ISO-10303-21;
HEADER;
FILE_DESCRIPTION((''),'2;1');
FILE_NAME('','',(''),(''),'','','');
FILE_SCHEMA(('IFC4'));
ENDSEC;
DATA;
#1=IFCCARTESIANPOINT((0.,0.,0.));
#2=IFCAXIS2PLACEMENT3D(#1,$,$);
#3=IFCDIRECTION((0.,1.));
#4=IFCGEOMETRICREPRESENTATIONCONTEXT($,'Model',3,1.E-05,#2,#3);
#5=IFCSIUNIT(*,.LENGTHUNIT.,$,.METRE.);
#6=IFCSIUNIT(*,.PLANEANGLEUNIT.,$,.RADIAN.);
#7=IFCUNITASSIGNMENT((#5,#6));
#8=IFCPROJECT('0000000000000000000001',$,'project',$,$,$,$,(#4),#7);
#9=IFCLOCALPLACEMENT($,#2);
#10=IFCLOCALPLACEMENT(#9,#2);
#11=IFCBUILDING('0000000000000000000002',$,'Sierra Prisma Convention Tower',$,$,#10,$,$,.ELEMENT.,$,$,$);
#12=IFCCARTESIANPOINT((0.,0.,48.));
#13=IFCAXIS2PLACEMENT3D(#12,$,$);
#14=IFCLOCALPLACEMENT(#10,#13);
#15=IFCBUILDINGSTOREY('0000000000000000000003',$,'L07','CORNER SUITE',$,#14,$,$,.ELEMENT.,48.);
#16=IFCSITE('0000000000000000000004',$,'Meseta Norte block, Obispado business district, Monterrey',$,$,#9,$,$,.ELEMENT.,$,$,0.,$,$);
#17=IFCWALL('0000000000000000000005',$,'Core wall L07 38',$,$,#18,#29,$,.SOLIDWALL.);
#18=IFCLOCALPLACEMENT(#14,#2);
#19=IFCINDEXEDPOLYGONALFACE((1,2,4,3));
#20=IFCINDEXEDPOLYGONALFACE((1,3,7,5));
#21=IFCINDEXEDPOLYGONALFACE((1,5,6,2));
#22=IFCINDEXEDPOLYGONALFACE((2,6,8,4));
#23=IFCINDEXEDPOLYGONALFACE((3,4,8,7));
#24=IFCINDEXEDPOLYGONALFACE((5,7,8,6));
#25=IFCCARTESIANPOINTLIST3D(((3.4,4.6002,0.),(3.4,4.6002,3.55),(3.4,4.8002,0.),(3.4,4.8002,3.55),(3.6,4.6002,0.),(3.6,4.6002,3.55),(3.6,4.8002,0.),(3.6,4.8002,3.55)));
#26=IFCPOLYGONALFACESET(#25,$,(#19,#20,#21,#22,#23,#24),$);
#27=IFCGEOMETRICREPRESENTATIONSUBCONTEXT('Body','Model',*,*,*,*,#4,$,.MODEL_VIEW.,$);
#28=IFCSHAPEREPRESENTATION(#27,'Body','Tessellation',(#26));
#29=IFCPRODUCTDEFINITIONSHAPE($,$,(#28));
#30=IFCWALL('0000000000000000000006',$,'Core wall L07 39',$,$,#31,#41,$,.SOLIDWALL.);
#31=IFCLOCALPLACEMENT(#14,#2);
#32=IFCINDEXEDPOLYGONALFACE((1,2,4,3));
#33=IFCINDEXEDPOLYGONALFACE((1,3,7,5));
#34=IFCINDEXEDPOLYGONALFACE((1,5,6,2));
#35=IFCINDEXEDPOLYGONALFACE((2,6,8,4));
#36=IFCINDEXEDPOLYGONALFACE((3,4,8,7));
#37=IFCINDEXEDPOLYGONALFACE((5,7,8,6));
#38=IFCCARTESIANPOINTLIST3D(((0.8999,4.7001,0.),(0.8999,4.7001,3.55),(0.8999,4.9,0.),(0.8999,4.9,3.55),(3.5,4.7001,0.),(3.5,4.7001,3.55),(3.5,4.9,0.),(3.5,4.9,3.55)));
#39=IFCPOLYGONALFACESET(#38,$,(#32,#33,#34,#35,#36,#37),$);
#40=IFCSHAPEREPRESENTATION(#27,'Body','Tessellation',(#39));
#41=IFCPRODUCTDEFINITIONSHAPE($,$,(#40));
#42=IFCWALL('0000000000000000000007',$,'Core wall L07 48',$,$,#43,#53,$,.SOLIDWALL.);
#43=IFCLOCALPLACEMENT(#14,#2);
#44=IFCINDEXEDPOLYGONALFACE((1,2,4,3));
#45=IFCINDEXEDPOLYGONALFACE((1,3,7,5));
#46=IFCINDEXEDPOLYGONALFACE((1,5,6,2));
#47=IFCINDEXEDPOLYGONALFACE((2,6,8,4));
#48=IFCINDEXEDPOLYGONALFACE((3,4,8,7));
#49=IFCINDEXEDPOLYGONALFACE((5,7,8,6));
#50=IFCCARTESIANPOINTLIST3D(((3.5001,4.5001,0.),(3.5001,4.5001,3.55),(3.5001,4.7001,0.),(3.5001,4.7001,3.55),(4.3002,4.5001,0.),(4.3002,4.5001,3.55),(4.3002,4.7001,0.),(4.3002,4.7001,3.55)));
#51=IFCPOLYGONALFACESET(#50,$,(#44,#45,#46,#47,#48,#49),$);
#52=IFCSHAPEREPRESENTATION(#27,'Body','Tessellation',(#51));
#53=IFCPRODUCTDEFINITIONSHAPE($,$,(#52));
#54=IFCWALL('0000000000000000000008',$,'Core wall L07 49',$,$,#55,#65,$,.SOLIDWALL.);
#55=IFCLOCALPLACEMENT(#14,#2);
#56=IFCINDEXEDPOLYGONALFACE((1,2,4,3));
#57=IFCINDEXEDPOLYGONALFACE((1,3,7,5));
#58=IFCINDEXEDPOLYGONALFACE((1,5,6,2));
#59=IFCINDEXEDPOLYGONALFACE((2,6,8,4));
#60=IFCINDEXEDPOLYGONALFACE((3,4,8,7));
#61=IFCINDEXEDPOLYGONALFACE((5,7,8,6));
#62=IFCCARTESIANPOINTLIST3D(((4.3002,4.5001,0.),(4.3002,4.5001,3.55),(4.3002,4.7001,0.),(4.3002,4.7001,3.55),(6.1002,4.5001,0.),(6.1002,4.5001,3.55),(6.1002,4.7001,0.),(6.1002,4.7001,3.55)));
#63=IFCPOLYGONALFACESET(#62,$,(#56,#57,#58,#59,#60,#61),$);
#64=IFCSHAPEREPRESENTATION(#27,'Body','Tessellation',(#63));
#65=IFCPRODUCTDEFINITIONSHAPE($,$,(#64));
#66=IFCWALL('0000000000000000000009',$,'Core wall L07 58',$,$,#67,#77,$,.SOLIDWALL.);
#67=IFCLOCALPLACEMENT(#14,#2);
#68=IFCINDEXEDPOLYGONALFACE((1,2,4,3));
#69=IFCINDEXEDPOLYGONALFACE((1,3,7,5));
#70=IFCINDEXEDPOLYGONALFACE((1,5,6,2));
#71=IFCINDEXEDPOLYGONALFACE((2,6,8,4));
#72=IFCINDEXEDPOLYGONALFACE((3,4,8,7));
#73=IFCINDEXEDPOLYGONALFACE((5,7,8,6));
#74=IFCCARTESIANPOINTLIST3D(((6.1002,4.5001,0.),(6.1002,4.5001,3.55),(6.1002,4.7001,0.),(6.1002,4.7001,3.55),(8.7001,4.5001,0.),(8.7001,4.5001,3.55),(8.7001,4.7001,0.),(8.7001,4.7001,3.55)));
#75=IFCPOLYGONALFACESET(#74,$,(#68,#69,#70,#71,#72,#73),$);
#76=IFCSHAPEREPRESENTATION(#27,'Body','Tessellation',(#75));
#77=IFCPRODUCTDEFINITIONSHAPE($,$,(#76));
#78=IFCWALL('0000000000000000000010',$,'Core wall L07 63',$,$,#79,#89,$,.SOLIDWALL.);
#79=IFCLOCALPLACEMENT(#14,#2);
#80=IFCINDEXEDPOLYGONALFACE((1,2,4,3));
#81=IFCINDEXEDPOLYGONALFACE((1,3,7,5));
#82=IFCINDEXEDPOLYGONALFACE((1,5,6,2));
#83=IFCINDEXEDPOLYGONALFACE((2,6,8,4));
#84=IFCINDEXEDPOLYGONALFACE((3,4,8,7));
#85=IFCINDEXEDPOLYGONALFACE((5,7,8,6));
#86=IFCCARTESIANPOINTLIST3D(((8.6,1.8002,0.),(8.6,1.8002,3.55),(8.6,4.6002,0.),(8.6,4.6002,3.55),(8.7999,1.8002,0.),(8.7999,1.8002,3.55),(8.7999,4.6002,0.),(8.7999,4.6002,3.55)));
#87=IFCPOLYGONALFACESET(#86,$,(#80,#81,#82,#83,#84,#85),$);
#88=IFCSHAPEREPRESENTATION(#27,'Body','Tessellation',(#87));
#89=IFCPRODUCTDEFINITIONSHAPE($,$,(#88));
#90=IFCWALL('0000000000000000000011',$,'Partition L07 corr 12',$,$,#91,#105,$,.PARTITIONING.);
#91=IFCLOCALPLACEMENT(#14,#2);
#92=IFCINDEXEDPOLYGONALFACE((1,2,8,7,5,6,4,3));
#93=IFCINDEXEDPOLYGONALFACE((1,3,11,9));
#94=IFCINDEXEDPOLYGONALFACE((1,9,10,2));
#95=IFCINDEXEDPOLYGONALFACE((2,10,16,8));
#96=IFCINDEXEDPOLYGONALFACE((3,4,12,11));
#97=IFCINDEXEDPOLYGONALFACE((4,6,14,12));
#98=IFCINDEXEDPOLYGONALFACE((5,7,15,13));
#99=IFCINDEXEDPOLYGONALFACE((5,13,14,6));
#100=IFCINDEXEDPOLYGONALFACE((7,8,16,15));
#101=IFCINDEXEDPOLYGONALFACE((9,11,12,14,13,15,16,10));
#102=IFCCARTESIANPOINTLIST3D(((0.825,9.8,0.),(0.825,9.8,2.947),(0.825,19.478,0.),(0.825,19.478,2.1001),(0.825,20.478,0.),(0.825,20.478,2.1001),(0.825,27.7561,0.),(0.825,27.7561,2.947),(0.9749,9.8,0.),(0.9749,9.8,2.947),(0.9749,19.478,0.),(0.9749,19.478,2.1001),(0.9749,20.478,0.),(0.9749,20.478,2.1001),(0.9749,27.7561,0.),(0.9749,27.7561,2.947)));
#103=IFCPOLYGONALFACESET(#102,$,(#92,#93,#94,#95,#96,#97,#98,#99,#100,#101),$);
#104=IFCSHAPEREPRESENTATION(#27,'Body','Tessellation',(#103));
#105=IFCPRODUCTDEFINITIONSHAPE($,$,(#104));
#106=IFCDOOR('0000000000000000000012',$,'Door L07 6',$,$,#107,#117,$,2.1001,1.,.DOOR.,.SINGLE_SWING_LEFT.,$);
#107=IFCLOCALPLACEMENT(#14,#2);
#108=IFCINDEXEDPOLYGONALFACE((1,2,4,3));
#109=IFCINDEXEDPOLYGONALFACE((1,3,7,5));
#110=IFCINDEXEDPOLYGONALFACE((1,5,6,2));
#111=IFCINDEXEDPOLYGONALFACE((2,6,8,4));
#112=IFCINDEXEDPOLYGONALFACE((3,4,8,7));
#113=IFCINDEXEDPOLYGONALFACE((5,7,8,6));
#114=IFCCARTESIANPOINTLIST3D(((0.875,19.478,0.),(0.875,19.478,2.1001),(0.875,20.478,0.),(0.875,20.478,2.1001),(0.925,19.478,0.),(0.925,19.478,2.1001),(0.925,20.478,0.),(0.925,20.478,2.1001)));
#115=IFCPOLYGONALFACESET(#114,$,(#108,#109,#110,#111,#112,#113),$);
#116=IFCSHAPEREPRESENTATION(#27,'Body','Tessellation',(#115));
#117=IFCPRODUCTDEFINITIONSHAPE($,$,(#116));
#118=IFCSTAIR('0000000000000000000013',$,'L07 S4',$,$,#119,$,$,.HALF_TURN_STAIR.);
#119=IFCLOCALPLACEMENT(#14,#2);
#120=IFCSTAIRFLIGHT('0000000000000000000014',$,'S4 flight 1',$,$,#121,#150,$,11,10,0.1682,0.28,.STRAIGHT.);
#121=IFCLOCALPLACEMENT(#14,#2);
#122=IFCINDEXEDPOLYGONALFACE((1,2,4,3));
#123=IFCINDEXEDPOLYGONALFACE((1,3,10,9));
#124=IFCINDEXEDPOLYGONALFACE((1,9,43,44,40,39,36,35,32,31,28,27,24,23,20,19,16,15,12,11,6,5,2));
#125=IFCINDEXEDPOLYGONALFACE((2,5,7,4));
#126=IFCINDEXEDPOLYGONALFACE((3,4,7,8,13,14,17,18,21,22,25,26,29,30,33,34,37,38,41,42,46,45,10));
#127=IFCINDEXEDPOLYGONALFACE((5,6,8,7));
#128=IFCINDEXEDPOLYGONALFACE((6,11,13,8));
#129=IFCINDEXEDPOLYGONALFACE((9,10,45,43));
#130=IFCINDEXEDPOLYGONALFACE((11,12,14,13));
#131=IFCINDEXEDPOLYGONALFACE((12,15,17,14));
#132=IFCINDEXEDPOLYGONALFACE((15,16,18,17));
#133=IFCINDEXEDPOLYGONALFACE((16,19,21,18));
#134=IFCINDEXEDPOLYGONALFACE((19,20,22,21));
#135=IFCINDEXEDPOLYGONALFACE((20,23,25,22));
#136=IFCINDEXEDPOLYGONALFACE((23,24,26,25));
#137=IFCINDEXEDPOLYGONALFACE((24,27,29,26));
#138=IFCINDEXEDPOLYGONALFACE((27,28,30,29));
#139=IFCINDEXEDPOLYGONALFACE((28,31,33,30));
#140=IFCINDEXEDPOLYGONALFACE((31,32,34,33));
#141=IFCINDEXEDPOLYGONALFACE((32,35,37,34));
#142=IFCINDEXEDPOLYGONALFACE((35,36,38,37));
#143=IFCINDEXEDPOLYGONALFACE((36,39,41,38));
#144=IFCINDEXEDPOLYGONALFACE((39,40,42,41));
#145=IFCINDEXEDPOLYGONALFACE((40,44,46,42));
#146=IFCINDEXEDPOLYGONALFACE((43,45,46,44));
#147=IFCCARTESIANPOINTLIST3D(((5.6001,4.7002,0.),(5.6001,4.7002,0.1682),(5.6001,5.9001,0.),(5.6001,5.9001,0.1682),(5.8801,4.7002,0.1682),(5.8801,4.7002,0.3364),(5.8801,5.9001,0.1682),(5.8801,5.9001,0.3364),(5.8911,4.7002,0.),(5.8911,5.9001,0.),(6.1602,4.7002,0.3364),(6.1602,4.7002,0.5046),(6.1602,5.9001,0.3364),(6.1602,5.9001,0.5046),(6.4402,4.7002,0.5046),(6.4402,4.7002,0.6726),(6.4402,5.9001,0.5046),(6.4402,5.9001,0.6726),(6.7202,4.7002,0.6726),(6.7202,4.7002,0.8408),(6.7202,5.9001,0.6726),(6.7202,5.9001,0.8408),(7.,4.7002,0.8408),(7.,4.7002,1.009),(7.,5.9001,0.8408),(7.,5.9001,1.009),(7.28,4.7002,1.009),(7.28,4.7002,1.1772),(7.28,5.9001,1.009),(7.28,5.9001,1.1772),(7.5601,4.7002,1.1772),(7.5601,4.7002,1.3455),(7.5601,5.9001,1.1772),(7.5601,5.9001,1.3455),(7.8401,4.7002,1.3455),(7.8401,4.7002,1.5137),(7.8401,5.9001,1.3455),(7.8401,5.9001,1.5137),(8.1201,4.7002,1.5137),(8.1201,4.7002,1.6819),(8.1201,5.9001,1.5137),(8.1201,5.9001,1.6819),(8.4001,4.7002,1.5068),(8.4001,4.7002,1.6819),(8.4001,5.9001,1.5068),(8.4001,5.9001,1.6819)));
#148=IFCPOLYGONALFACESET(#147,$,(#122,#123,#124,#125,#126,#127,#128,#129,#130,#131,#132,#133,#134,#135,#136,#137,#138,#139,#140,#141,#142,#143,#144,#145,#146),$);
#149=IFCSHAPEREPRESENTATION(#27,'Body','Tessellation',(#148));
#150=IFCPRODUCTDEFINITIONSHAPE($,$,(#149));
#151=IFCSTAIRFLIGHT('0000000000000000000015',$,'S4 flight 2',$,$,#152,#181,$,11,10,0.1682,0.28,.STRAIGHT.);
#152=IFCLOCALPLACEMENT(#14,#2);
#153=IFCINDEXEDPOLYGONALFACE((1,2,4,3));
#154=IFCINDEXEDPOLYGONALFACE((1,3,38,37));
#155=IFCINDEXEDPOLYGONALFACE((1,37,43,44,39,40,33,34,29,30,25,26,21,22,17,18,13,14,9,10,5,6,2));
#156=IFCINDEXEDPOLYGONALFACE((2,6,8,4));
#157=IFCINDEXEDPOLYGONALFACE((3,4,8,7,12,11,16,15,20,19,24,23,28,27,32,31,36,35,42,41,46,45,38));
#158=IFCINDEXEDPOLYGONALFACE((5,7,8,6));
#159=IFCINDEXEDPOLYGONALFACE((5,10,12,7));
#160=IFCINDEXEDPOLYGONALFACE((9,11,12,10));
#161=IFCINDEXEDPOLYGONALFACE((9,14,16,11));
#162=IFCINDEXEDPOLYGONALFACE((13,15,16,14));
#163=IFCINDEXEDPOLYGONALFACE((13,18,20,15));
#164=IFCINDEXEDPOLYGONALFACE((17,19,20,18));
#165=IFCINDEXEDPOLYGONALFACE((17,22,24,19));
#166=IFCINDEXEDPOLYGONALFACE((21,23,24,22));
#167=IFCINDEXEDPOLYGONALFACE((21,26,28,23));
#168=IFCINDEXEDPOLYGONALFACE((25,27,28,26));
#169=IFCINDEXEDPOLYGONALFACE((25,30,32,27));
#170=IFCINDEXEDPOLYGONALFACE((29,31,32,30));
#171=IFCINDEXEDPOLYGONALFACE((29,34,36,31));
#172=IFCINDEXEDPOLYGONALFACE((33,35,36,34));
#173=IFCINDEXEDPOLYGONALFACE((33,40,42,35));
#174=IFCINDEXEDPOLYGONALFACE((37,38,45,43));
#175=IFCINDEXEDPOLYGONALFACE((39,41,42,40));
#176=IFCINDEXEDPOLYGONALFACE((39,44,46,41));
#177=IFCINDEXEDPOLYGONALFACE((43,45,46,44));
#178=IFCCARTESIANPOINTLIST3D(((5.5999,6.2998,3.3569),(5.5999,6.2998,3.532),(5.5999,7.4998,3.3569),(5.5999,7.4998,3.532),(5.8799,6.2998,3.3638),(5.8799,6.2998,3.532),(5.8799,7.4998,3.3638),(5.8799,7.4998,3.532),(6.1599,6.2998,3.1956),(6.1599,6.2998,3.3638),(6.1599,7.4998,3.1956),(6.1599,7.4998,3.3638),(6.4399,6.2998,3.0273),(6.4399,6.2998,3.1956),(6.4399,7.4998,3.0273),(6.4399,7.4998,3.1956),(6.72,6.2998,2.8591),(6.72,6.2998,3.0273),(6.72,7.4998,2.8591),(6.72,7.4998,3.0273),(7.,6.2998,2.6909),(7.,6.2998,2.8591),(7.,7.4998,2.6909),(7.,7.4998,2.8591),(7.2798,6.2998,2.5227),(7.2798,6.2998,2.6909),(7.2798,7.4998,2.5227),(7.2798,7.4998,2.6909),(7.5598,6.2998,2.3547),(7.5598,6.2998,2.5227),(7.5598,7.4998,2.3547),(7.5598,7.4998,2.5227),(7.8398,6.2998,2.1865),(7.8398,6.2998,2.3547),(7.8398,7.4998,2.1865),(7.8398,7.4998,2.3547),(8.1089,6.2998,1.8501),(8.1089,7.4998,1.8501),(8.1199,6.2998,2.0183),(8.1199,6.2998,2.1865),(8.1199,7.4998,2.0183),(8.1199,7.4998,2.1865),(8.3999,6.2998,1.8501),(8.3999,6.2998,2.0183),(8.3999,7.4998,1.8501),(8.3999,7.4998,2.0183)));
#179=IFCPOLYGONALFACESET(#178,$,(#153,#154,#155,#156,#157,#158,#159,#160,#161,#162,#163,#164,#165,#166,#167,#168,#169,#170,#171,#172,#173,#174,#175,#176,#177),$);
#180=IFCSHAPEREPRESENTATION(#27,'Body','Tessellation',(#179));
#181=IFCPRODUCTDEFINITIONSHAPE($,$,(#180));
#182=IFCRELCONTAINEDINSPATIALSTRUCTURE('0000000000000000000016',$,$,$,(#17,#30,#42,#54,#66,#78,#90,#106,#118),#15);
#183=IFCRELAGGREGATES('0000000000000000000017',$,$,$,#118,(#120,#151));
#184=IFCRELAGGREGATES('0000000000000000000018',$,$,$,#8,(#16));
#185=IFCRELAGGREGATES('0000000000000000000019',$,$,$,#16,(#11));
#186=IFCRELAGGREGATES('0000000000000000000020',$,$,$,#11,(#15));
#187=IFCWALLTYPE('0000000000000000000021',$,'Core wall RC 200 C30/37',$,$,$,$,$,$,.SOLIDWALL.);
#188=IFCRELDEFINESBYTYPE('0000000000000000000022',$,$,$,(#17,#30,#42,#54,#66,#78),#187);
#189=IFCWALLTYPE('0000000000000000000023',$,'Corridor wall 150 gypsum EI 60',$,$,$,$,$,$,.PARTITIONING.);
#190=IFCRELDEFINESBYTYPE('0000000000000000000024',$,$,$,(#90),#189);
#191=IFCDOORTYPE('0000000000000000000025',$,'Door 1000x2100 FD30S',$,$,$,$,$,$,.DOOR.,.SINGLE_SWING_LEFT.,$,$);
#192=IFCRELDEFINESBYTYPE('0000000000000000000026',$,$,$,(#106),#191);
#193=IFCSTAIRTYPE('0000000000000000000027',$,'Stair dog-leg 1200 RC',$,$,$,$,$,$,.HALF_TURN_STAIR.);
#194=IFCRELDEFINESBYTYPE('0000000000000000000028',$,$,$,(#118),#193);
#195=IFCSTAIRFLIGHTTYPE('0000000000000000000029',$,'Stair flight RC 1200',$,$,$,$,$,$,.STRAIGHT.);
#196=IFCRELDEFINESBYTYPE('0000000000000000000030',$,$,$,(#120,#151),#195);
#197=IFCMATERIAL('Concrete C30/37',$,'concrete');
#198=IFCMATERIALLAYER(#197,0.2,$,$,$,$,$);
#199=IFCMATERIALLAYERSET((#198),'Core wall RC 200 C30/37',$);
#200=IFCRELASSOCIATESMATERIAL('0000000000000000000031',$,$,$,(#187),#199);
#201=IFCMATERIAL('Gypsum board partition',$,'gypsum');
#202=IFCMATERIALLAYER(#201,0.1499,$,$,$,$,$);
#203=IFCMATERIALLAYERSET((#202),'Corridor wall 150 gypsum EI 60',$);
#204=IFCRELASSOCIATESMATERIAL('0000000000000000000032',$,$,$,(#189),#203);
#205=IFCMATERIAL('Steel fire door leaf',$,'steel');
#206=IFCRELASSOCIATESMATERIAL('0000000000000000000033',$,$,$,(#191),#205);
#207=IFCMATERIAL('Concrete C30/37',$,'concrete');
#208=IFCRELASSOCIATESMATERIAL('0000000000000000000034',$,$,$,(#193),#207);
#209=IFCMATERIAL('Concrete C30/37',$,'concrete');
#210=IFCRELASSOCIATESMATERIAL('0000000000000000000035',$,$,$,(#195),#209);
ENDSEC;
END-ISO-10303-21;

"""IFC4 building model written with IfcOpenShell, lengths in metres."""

from ifc_helpers import new_model, si_unit, direction, frame, frame_2d, origin, place, context, subcontext, project, spatial, polyline, rectangle, outline, extrude, material, layer, layer_set, type_object, element, fill, aggregate, save


model = new_model("IFC4")

# Units and contexts
model_context = context("Model", 3, precision=1e-05, world=origin(), true_north=direction((0.0, 1.0)))
body_context = subcontext(model_context, "Body", "Model", "MODEL_VIEW")
ifc_project = project(units=[si_unit("LENGTHUNIT", "METRE"), si_unit("PLANEANGLEUNIT", "RADIAN")], contexts=[model_context])

# Site, building, storey
site_placement = place(None, origin())
site = spatial("IfcSite", under=ifc_project, at=site_placement, Name="Meseta Norte block, Obispado business district, Monterrey", CompositionType="ELEMENT", RefElevation=0.0)
building_placement = place(site_placement, origin())
building = spatial("IfcBuilding", under=site, at=building_placement, Name="Sierra Prisma Convention Tower", CompositionType="ELEMENT")
storey_placement = place(building_placement, frame((0.0, 0.0, 48.0)))
storey = spatial("IfcBuildingStorey", under=building, at=storey_placement, Name="L07", Description="CORNER SUITE", CompositionType="ELEMENT", Elevation=48.0)

# Walls
ifc_material_1 = material(Name="Concrete C30/37", Category="concrete")
ifc_layer_1 = layer(ifc_material_1, 0.2)
ifc_layer_set_1 = layer_set([ifc_layer_1], Name="Core wall RC 200 C30/37")
wall_type_1 = type_object("IfcWallType", Name="Core wall RC 200 C30/37", PredefinedType="SOLIDWALL", material=ifc_layer_set_1)
wall_1_placement = place(storey_placement, frame((3.5, 4.6001, 0.0), z_axis=(0.0, 0.0, 1.0), x_axis=(0.0, 1.0, 0.0)))
element("IfcWall", 1, at=wall_1_placement, inside=storey, type_object=wall_type_1, Name="Core wall L07 38", PredefinedType="SOLIDWALL", context=body_context, shape_type="SweptSolid", body=[
    extrude(rectangle(XDim=0.2, YDim=0.2, at=frame_2d((0.1001, 0.0))), origin(), (0.0, 0.0, 1.0), 3.55),
])
wall_2_placement = place(storey_placement, frame((3.5, 4.8, 0.0), z_axis=(0.0, 0.0, 1.0), x_axis=(-1.0, 0.0, 0.0)))
element("IfcWall", 2, at=wall_2_placement, inside=storey, type_object=wall_type_1, Name="Core wall L07 39", PredefinedType="SOLIDWALL", context=body_context, shape_type="SweptSolid", body=[
    extrude(rectangle(XDim=2.6001, YDim=0.2, at=frame_2d((1.3, 0.0))), origin(), (0.0, 0.0, 1.0), 3.55),
])

# Walls
wall_3_placement = place(storey_placement, frame((4.3, 4.6001, 0.0), z_axis=(0.0, 0.0, 1.0), x_axis=(-1.0, 0.0, 0.0)))
element("IfcWall", 3, at=wall_3_placement, inside=storey, type_object=wall_type_1, Name="Core wall L07 48", PredefinedType="SOLIDWALL", context=body_context, shape_type="SweptSolid", body=[
    extrude(rectangle(XDim=0.8, YDim=0.2, at=frame_2d((0.3999, 0.0))), origin(), (0.0, 0.0, 1.0), 3.55),
])
wall_4_placement = place(storey_placement, frame((6.1001, 4.6001, 0.0), z_axis=(0.0, 0.0, 1.0), x_axis=(-1.0, 0.0, 0.0)))
element("IfcWall", 4, at=wall_4_placement, inside=storey, type_object=wall_type_1, Name="Core wall L07 49", PredefinedType="SOLIDWALL", context=body_context, shape_type="SweptSolid", body=[
    extrude(rectangle(XDim=1.8, YDim=0.2, at=frame_2d((0.8999, 0.0))), origin(), (0.0, 0.0, 1.0), 3.55),
])

# Wall
wall_5_placement = place(storey_placement, frame((8.7, 4.6001, 0.0), z_axis=(0.0, 0.0, 1.0), x_axis=(-1.0, 0.0, 0.0)))
element("IfcWall", 5, at=wall_5_placement, inside=storey, type_object=wall_type_1, Name="Core wall L07 58", PredefinedType="SOLIDWALL", context=body_context, shape_type="SweptSolid", body=[
    extrude(rectangle(XDim=2.5999, YDim=0.2, at=frame_2d((1.2998, 0.0))), origin(), (0.0, 0.0, 1.0), 3.55),
])

# Wall
wall_6_placement = place(storey_placement, frame((8.7, 4.6001, 0.0), z_axis=(0.0, 0.0, 1.0), x_axis=(0.0, -1.0, 0.0)))
element("IfcWall", 6, at=wall_6_placement, inside=storey, type_object=wall_type_1, Name="Core wall L07 63", PredefinedType="SOLIDWALL", context=body_context, shape_type="SweptSolid", body=[
    extrude(rectangle(XDim=2.8, YDim=0.2, at=frame_2d((1.3999, 0.0))), origin(), (0.0, 0.0, 1.0), 3.55),
])
ifc_material_2 = material(Name="Gypsum board partition", Category="gypsum")
ifc_layer_2 = layer(ifc_material_2, 0.1499)
ifc_layer_set_2 = layer_set([ifc_layer_2], Name="Corridor wall 150 gypsum EI 60")
wall_type_2 = type_object("IfcWallType", Name="Corridor wall 150 gypsum EI 60", PredefinedType="PARTITIONING", material=ifc_layer_set_2)

# Wall, opening, door
wall_7_placement = place(storey_placement, frame((0.8999, 9.8, 0.0), z_axis=(0.0, 0.0, 1.0), x_axis=(0.0, 1.0, 0.0)))
wall_7 = element("IfcWall", 7, at=wall_7_placement, inside=storey, type_object=wall_type_2, Name="Partition L07 corr 12", PredefinedType="PARTITIONING", context=body_context, shape_type="SweptSolid", body=[
    extrude(rectangle(XDim=17.9561, YDim=0.1499, at=frame_2d((8.978, 0.0))), origin(), (0.0, 0.0, 1.0), 2.947),
])
opening_1_placement = place(wall_7_placement, frame((9.678, 0.0, 0.0)))
opening_1 = element("IfcOpeningElement", 8, at=opening_1_placement, cuts=wall_7, PredefinedType="OPENING", context=body_context, shape_type="SweptSolid", body=[
    extrude(rectangle(XDim=1.0, YDim=2.1001, at=frame_2d((0.5, 1.05))), frame((0.0, 0.075, 0.0), z_axis=(0.0, -1.0, 0.0), x_axis=(1.0, 0.0, 0.0)), (0.0, 0.0, 1.0), 0.1499),
])
ifc_material_3 = material(Name="Steel fire door leaf", Category="steel")
door_type_1 = type_object("IfcDoorType", Name="Door 1000x2100 FD30S", OperationType="SINGLE_SWING_LEFT", PredefinedType="DOOR", material=ifc_material_3)
door_1_placement = place(opening_1_placement, origin())
door_1 = element("IfcDoor", 9, at=door_1_placement, inside=storey, type_object=door_type_1, Name="Door L07 6", OperationType="SINGLE_SWING_LEFT", OverallHeight=2.1001, OverallWidth=1.0, PredefinedType="DOOR", context=body_context, shape_type="SweptSolid", body=[
    extrude(rectangle(XDim=1.0, YDim=2.1001, at=frame_2d((0.5, 1.05))), frame((0.0, 0.0249, 0.0), z_axis=(0.0, -1.0, 0.0), x_axis=(1.0, 0.0, 0.0)), (0.0, 0.0, 1.0), 0.05),
])
fill(opening_1, door_1)

# Stair, stair flights
ifc_material_4 = material(Name="Concrete C30/37", Category="concrete")
stair_type = type_object("IfcStairType", Name="Stair dog-leg 1200 RC", PredefinedType="HALF_TURN_STAIR", material=ifc_material_4)
stair_placement = place(storey_placement, origin())
stair = element("IfcStair", 10, at=stair_placement, inside=storey, type_object=stair_type, Name="L07 S4", PredefinedType="HALF_TURN_STAIR")
ifc_material_5 = material(Name="Concrete C30/37", Category="concrete")
stair_flight_type = type_object("IfcStairFlightType", Name="Stair flight RC 1200", PredefinedType="STRAIGHT", material=ifc_material_5)
stair_flight_1_placement = place(storey_placement, frame((5.6001, 5.3, 0.0), z_axis=(0.0, 0.0, 1.0), x_axis=(1.0, 0.0, 0.0)))
stair_flight_1 = element("IfcStairFlight", 11, at=stair_flight_1_placement, type_object=stair_flight_type, Name="S4 flight 1", NumberOfRisers=11, NumberOfTreads=10, PredefinedType="STRAIGHT", RiserHeight=0.1682, TreadLength=0.28, context=body_context, shape_type="SweptSolid", body=[
    extrude(outline(polyline([(0.0, 0.0), (0.0, 0.1682), (0.28, 0.1682), (0.28, 0.3364), (0.5601, 0.3364), (0.5601, 0.5046), (0.8401, 0.5046), (0.8401, 0.6726), (1.1201, 0.6726), (1.1201, 0.8408), (1.3999, 0.8408), (1.3999, 1.009), (1.6799, 1.009), (1.6799, 1.1772), (1.96, 1.1772), (1.96, 1.3455), (2.24, 1.3455), (2.24, 1.5137), (2.52, 1.5137), (2.52, 1.6819), (2.8, 1.6819), (2.8, 1.8501), (2.8, 1.5068), (0.291, 0.0), (0.0, 0.0)])), frame((0.0, 0.6001, 0.0), z_axis=(0.0, -1.0, 0.0), x_axis=(1.0, 0.0, 0.0)), (0.0, 0.0, 1.0), 1.2),
])
stair_flight_2_placement = place(storey_placement, frame((8.3999, 6.8999, 1.8501), z_axis=(0.0, 0.0, 1.0), x_axis=(-1.0, 0.0, 0.0)))
stair_flight_2 = element("IfcStairFlight", 12, at=stair_flight_2_placement, type_object=stair_flight_type, Name="S4 flight 2", NumberOfRisers=11, NumberOfTreads=10, PredefinedType="STRAIGHT", RiserHeight=0.1682, TreadLength=0.28, context=body_context, shape_type="SweptSolid", body=[
    extrude(outline(polyline([(0.0, 0.0), (0.0, 0.1682), (0.28, 0.1682), (0.28, 0.3364), (0.5601, 0.3364), (0.5601, 0.5046), (0.8401, 0.5046), (0.8401, 0.6726), (1.1201, 0.6726), (1.1201, 0.8408), (1.3999, 0.8408), (1.3999, 1.009), (1.6799, 1.009), (1.6799, 1.1772), (1.96, 1.1772), (1.96, 1.3455), (2.24, 1.3455), (2.24, 1.5137), (2.52, 1.5137), (2.52, 1.6819), (2.8, 1.6819), (2.8, 1.8501), (2.8, 1.5068), (0.291, 0.0), (0.0, 0.0)])), frame((0.0, 0.6001, 0.0), z_axis=(0.0, -1.0, 0.0), x_axis=(1.0, 0.0, 0.0)), (0.0, 0.0, 1.0), 1.2),
])
aggregate(stair, [stair_flight_1, stair_flight_2])

save(model, "model.ifc")
